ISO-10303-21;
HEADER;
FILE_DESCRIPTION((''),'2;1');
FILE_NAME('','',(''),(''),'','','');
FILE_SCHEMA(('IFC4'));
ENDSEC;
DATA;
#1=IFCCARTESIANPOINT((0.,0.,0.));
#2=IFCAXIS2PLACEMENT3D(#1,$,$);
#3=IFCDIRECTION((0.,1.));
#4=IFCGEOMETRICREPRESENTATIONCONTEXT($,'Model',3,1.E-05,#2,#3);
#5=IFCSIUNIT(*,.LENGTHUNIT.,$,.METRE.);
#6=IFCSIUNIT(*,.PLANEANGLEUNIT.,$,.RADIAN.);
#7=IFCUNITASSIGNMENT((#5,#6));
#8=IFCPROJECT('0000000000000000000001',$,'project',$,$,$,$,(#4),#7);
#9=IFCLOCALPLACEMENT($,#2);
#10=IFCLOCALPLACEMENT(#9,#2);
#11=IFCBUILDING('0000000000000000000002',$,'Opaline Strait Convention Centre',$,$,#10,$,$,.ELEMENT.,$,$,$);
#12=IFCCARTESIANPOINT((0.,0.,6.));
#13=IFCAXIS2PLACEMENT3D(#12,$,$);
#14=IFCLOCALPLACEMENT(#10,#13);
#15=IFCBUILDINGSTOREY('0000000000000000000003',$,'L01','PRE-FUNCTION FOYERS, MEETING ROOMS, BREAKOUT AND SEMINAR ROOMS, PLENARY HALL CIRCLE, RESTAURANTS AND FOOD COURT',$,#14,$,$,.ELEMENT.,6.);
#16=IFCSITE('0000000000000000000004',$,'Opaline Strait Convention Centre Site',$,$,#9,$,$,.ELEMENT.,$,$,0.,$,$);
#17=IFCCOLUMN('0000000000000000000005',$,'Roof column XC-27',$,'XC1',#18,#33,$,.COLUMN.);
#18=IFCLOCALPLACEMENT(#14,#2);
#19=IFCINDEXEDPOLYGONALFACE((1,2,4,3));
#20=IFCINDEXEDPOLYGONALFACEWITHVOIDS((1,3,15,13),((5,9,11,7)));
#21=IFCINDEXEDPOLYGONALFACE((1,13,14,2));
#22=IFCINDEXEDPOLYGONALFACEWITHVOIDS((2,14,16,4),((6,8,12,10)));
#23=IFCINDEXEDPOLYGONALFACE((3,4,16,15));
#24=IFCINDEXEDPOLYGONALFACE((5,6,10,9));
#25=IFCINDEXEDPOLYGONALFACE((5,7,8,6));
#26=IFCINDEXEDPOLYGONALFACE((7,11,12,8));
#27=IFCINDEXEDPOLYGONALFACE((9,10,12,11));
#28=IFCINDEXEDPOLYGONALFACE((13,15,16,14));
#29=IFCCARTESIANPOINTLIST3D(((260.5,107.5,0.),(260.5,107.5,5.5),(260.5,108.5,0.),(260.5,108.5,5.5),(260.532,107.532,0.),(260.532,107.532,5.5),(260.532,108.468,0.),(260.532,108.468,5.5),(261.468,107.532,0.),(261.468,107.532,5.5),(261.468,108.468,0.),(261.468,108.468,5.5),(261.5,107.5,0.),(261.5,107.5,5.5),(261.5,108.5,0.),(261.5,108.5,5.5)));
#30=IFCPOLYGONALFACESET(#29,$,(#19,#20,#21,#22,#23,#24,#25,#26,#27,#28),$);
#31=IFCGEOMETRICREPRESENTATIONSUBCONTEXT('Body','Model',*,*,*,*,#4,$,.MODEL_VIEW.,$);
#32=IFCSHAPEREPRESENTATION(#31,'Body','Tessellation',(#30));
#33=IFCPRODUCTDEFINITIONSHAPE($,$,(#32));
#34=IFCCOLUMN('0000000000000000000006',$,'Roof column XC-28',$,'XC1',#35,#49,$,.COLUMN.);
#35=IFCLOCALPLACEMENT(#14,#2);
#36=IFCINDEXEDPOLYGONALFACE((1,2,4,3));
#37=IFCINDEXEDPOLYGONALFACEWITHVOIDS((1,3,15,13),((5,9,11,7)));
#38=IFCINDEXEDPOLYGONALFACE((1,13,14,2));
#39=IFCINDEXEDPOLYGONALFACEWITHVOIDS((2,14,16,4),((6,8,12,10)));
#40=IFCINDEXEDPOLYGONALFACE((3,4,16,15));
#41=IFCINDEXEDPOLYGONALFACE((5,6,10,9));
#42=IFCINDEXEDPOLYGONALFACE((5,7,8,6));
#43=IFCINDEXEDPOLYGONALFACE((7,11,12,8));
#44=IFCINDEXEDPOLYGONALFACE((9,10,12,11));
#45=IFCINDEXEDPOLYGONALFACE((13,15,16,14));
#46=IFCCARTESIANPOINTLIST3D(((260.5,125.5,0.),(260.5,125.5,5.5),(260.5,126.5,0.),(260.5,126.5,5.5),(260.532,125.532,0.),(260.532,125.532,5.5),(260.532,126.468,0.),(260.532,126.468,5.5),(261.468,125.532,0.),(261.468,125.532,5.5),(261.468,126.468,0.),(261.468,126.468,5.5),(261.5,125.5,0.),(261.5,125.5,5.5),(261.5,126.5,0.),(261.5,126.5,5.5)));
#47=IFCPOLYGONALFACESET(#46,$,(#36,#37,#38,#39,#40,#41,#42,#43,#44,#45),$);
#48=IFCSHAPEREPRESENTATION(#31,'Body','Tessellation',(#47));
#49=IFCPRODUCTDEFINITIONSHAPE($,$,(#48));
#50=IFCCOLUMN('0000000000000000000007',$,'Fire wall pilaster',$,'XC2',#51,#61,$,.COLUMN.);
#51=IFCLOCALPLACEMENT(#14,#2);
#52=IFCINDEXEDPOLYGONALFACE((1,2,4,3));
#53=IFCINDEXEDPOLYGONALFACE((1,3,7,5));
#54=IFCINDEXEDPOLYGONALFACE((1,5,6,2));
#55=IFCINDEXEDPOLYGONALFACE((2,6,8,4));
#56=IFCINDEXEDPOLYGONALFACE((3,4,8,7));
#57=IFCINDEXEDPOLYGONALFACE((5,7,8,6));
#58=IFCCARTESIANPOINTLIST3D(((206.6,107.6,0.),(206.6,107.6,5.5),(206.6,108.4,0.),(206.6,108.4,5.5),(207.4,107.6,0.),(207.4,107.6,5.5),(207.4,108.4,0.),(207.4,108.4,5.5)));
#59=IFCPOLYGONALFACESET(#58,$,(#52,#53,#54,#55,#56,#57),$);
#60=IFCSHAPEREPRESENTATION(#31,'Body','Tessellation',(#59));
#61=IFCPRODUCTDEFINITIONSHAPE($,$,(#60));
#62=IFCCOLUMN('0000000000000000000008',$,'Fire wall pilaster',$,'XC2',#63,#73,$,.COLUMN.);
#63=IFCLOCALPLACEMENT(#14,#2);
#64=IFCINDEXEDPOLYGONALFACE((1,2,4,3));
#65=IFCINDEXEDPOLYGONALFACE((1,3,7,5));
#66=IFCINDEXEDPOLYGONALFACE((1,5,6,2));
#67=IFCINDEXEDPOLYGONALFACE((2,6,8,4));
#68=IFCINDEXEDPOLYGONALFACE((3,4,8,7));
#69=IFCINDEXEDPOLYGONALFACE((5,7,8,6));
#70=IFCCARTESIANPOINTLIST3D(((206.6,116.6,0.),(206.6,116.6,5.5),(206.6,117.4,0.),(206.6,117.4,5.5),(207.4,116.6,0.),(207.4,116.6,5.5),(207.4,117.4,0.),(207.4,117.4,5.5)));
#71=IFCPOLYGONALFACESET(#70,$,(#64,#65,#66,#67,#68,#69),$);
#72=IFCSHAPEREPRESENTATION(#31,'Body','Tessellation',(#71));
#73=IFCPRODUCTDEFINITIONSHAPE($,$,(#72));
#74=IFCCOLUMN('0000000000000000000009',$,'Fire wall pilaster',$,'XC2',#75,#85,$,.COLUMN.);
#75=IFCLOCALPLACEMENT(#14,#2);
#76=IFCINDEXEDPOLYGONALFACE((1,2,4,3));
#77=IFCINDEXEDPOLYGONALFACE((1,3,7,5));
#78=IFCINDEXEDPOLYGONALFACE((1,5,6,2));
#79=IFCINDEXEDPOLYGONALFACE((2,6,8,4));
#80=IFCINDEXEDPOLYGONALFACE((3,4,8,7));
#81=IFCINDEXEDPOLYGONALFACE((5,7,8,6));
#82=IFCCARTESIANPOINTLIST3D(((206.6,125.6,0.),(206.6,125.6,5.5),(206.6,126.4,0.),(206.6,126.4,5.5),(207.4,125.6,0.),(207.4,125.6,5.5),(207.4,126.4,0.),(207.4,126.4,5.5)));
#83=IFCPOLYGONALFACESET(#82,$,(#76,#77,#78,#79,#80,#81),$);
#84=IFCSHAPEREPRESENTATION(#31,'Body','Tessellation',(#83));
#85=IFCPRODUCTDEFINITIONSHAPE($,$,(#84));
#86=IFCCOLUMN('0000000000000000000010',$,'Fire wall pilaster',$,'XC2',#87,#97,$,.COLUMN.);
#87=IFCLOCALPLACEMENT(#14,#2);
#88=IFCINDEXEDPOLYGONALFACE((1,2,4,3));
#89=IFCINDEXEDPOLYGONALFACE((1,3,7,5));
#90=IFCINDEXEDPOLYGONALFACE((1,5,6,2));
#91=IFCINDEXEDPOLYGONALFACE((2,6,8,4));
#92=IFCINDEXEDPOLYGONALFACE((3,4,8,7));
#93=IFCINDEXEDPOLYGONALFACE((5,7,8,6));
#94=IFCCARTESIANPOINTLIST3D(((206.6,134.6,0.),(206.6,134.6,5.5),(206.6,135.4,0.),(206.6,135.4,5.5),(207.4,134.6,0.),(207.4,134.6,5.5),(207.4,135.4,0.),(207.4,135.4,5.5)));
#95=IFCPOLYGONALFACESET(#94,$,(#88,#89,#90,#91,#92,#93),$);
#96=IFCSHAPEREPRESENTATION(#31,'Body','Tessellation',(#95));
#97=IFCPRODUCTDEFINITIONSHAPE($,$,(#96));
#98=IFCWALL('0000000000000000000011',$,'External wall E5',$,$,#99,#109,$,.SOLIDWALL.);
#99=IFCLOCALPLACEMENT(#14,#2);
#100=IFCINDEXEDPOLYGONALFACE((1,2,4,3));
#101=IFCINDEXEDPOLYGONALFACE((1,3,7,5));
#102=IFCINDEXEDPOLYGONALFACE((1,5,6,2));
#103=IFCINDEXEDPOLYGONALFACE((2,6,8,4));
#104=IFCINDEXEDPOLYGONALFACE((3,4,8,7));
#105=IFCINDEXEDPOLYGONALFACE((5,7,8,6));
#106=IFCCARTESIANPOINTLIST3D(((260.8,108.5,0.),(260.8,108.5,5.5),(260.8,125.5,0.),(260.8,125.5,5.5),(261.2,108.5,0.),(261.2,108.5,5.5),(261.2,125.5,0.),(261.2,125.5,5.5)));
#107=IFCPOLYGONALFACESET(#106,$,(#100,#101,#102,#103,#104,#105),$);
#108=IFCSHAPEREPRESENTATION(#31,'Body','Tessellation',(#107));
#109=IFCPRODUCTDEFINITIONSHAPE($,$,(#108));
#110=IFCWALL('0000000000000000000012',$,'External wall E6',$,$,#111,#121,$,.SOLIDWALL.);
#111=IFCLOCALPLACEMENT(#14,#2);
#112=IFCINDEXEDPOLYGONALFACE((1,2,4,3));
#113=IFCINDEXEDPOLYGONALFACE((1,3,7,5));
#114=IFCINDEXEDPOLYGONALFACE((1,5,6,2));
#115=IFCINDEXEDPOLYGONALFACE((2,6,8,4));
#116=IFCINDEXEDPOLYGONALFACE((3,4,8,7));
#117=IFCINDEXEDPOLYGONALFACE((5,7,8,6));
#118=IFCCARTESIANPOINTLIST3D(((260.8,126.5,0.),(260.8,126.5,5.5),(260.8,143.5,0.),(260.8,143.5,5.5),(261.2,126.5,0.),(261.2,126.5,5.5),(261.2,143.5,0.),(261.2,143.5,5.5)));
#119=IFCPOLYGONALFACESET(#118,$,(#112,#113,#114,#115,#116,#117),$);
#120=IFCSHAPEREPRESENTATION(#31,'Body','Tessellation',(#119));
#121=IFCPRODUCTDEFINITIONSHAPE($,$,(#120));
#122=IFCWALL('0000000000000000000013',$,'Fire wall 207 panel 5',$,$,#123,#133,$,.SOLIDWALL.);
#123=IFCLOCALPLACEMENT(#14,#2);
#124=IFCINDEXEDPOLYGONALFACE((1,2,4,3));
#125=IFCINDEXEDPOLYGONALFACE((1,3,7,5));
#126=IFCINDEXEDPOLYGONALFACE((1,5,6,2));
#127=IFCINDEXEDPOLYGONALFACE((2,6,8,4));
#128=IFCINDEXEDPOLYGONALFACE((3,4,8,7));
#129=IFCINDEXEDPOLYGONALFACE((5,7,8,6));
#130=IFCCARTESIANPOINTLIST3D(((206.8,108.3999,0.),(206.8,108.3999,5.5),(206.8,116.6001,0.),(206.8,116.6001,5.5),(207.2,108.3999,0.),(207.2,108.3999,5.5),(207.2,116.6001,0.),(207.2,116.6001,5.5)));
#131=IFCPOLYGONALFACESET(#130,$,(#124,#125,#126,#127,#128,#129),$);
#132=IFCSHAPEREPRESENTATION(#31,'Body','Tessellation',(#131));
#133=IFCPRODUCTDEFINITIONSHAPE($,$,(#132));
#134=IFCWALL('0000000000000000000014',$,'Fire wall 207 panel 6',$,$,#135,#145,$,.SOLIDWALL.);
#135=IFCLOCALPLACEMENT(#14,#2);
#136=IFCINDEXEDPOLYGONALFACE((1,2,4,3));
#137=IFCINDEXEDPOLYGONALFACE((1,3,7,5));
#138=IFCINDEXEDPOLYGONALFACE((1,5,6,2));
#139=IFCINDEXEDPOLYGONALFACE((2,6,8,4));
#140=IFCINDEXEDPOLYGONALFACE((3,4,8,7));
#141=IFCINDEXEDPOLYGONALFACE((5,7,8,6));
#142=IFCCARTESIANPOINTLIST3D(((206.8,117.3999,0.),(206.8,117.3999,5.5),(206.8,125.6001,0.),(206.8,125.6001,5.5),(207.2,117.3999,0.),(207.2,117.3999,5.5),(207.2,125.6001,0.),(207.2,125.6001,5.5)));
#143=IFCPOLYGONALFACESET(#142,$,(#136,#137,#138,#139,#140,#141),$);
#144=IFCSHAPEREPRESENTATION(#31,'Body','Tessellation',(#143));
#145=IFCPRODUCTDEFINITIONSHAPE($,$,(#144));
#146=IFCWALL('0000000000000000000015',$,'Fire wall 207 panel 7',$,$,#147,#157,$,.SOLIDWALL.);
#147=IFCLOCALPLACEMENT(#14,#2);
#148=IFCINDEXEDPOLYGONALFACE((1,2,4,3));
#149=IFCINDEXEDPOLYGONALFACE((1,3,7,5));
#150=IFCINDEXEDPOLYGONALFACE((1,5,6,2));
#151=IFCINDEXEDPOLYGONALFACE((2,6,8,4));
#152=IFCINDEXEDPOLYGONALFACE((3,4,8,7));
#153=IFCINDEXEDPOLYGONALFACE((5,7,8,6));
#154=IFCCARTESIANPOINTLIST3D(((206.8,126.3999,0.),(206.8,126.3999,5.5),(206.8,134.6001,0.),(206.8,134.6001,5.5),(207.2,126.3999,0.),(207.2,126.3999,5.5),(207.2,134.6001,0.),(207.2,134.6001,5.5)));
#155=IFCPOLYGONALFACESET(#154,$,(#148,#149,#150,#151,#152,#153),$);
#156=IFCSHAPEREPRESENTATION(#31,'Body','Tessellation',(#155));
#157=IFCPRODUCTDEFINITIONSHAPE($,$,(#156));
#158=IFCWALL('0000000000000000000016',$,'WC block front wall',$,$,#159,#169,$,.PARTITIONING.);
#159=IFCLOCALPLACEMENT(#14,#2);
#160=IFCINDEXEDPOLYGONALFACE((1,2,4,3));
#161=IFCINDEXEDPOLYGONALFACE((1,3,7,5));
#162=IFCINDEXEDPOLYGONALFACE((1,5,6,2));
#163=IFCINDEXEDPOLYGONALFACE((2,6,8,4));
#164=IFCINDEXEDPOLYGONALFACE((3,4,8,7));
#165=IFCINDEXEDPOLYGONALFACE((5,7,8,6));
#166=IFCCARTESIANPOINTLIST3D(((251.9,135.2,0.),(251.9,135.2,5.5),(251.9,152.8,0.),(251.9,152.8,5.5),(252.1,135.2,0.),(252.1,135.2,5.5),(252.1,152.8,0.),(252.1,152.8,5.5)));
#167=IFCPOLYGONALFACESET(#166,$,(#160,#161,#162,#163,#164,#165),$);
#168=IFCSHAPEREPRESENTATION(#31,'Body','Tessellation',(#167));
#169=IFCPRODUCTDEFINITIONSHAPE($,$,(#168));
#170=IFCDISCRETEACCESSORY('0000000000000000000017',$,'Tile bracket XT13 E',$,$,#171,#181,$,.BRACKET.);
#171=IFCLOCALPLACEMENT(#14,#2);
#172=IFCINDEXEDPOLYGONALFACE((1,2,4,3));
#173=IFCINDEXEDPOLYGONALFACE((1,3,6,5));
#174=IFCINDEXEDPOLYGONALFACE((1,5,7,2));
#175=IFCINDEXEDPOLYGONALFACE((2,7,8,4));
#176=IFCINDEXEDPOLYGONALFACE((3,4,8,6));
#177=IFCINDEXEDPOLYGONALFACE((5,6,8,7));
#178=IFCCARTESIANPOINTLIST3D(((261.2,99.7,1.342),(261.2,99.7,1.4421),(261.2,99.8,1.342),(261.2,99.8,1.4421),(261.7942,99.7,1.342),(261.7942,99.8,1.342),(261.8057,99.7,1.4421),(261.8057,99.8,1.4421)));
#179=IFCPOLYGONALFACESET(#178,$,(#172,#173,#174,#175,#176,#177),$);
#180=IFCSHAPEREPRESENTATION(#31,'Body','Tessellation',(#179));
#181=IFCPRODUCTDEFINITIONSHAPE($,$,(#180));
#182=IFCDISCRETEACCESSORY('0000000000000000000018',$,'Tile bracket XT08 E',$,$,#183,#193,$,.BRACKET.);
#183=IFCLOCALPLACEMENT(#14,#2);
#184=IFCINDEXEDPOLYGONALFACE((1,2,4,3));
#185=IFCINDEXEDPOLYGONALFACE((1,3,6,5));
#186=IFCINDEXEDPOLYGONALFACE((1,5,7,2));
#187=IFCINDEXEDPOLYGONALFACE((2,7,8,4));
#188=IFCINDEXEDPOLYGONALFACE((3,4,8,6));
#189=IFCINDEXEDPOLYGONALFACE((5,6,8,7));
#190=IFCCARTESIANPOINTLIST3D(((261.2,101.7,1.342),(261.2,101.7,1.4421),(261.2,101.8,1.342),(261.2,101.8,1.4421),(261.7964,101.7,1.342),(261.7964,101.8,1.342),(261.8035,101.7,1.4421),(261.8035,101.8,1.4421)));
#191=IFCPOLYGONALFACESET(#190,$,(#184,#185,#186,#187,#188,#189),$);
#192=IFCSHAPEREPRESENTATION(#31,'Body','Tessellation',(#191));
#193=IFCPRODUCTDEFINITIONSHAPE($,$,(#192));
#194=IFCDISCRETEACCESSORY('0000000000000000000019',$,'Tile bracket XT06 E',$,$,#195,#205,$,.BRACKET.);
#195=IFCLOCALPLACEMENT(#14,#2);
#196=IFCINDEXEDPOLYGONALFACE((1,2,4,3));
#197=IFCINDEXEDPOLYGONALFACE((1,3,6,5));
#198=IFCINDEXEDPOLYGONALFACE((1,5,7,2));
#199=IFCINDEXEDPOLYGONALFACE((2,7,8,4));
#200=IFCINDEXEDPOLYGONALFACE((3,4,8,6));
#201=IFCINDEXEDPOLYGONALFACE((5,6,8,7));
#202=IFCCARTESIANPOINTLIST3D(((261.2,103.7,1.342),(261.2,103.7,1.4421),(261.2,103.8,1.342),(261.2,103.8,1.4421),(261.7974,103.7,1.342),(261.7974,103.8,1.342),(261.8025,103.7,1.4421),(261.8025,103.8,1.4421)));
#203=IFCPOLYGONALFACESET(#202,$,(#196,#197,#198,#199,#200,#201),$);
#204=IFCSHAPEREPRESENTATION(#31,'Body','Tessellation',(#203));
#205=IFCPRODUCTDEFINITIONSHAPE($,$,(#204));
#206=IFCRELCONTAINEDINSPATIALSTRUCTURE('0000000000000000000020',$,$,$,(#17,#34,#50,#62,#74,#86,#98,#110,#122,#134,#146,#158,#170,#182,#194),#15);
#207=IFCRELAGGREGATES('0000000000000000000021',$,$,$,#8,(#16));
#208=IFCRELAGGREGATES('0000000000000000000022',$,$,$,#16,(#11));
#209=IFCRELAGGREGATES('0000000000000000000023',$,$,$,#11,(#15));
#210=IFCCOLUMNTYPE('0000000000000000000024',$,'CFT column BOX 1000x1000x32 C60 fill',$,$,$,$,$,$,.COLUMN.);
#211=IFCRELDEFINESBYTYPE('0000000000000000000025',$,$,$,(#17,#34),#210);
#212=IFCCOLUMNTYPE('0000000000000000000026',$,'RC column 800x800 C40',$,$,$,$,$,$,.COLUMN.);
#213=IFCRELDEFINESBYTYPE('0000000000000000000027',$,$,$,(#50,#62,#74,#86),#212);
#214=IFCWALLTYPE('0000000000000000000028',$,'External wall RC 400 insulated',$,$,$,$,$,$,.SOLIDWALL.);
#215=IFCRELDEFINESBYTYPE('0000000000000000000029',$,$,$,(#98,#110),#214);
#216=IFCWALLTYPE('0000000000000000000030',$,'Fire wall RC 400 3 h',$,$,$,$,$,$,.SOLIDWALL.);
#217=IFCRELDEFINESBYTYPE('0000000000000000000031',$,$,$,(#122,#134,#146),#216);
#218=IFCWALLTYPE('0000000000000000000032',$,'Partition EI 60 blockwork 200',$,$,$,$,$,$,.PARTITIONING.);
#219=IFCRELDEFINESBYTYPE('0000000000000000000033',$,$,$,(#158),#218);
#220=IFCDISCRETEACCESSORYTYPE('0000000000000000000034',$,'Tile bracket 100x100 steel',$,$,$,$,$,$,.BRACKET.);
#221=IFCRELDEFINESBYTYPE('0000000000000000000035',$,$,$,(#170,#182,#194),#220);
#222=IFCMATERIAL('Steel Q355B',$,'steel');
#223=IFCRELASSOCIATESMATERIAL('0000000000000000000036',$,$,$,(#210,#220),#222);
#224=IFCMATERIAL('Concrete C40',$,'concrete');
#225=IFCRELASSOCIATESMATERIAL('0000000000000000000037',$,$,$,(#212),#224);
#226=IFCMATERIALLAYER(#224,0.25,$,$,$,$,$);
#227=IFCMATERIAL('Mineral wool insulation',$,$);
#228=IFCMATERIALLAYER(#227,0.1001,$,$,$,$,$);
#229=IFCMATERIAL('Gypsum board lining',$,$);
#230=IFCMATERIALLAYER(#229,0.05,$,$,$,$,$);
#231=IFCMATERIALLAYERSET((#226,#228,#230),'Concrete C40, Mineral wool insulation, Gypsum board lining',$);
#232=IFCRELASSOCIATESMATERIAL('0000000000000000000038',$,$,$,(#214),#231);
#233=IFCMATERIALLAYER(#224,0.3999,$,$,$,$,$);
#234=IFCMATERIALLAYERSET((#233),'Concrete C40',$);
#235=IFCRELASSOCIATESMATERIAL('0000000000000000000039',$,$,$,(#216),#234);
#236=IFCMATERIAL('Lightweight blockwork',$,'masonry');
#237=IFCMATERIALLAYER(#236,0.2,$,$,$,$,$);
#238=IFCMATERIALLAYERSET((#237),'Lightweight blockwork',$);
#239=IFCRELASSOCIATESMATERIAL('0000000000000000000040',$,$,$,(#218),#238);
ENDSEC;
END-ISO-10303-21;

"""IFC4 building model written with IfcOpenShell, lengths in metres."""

from ifc_helpers import new_model, si_unit, direction, frame, frame_2d, origin, origin_2d, place, context, subcontext, project, spatial, polyline, rectangle, hollow_rectangle, outline, extrude, material, layer, layer_set, material_profile, profile_set, type_object, element, save


model = new_model("IFC4")

# Units and contexts
model_context = context("Model", 3, precision=1e-05, world=origin(), true_north=direction((0.0, 1.0)))
body_context = subcontext(model_context, "Body", "Model", "MODEL_VIEW")
ifc_project = project(units=[si_unit("LENGTHUNIT", "METRE"), si_unit("PLANEANGLEUNIT", "RADIAN")], contexts=[model_context])

# Site, building, storey
site_placement = place(None, origin())
site = spatial("IfcSite", under=ifc_project, at=site_placement, Name="Opaline Strait Convention Centre Site", CompositionType="ELEMENT", RefElevation=0.0)
building_placement = place(site_placement, origin())
building = spatial("IfcBuilding", under=site, at=building_placement, Name="Opaline Strait Convention Centre", CompositionType="ELEMENT")
storey_placement = place(building_placement, frame((0.0, 0.0, 6.0)))
storey = spatial("IfcBuildingStorey", under=building, at=storey_placement, Name="L01", Description="PRE-FUNCTION FOYERS, MEETING ROOMS, BREAKOUT AND SEMINAR ROOMS, PLENARY HALL CIRCLE, RESTAURANTS AND FOOD COURT", CompositionType="ELEMENT", Elevation=6.0)

# Columns
ifc_material_1 = material(Name="Steel Q355B", Category="steel")
ifc_material_profile_1 = material_profile(ifc_material_1, hollow_rectangle(XDim=1.0, YDim=1.0, WallThickness=0.032, at=origin_2d()), Name="BOX 1000x1000x32")
ifc_profile_set_1 = profile_set([ifc_material_profile_1], Name="Steel Q355B")
column_type_1 = type_object("IfcColumnType", Name="CFT column BOX 1000x1000x32 C60 fill", PredefinedType="COLUMN", material=ifc_profile_set_1)
for number, where, z_axis, x_axis, name in (
    (1, (261.0, 108.0, 0.0), (0.0, 0.0, 1.0), (1.0, 0.0, 0.0), "Roof column XC-27"),
    (2, (261.0, 126.0, 0.0), (0.0, 0.0, 1.0), (1.0, 0.0, 0.0), "Roof column XC-28"),
):
    element("IfcColumn", number, at=place(storey_placement, frame(where, z_axis=z_axis, x_axis=x_axis)), inside=storey, type_object=column_type_1, Name=name, ObjectType="XC1", PredefinedType="COLUMN", context=body_context, shape_type="SweptSolid", body=[
        extrude(hollow_rectangle(XDim=1.0, YDim=1.0, WallThickness=0.032, at=origin_2d()), origin(), (0.0, 0.0, 1.0), 5.5),
    ])
ifc_material_2 = material(Name="Concrete C40", Category="concrete")
ifc_material_profile_2 = material_profile(ifc_material_2, rectangle(XDim=0.8, YDim=0.8, at=origin_2d()), Name="RC 800x800")
ifc_profile_set_2 = profile_set([ifc_material_profile_2], Name="Concrete C40")
column_type_2 = type_object("IfcColumnType", Name="RC column 800x800 C40", PredefinedType="COLUMN", material=ifc_profile_set_2)
for number, where, z_axis, x_axis, name in (
    (3, (207.0, 108.0, 0.0), (0.0, 0.0, 1.0), (1.0, 0.0, 0.0), "Fire wall pilaster"),
    (4, (207.0, 117.0, 0.0), (0.0, 0.0, 1.0), (1.0, 0.0, 0.0), "Fire wall pilaster"),
    (5, (207.0, 126.0, 0.0), (0.0, 0.0, 1.0), (1.0, 0.0, 0.0), "Fire wall pilaster"),
    (6, (207.0, 135.0, 0.0), (0.0, 0.0, 1.0), (1.0, 0.0, 0.0), "Fire wall pilaster"),
):
    element("IfcColumn", number, at=place(storey_placement, frame(where, z_axis=z_axis, x_axis=x_axis)), inside=storey, type_object=column_type_2, Name=name, ObjectType="XC2", PredefinedType="COLUMN", context=body_context, shape_type="SweptSolid", body=[
        extrude(rectangle(XDim=0.8, YDim=0.8, at=origin_2d()), origin(), (0.0, 0.0, 1.0), 5.5),
    ])

# Walls
ifc_layer_1 = layer(ifc_material_2, 0.25)
ifc_material_3 = material(Name="Mineral wool insulation")
ifc_layer_2 = layer(ifc_material_3, 0.1001)
ifc_material_4 = material(Name="Gypsum board lining")
ifc_layer_3 = layer(ifc_material_4, 0.05)
ifc_layer_set_1 = layer_set([ifc_layer_1, ifc_layer_2, ifc_layer_3], Name="Concrete C40, Mineral wool insulation, Gypsum board lining")
wall_type_1 = type_object("IfcWallType", Name="External wall RC 400 insulated", PredefinedType="SOLIDWALL", material=ifc_layer_set_1)
for number, where, z_axis, x_axis, name in (
    (7, (261.0, 108.5, 0.0), (0.0, 0.0, 1.0), (0.0, 1.0, 0.0), "External wall E5"),
    (8, (261.0, 126.5, 0.0), (0.0, 0.0, 1.0), (0.0, 1.0, 0.0), "External wall E6"),
):
    element("IfcWall", number, at=place(storey_placement, frame(where, z_axis=z_axis, x_axis=x_axis)), inside=storey, type_object=wall_type_1, Name=name, PredefinedType="SOLIDWALL", context=body_context, shape_type="SweptSolid", body=[
        extrude(rectangle(XDim=17.0, YDim=0.3999, at=frame_2d((8.5, 0.0))), origin(), (0.0, 0.0, 1.0), 5.5),
    ])
ifc_layer_4 = layer(ifc_material_2, 0.3999)
ifc_layer_set_2 = layer_set([ifc_layer_4], Name="Concrete C40")
wall_type_2 = type_object("IfcWallType", Name="Fire wall RC 400 3 h", PredefinedType="SOLIDWALL", material=ifc_layer_set_2)
for number, where, z_axis, x_axis, name in (
    (9, (207.0, 108.3999, 0.0), (0.0, 0.0, 1.0), (0.0, 1.0, 0.0), "Fire wall 207 panel 5"),
    (10, (207.0, 117.3999, 0.0), (0.0, 0.0, 1.0), (0.0, 1.0, 0.0), "Fire wall 207 panel 6"),
    (11, (207.0, 126.3999, 0.0), (0.0, 0.0, 1.0), (0.0, 1.0, 0.0), "Fire wall 207 panel 7"),
):
    element("IfcWall", number, at=place(storey_placement, frame(where, z_axis=z_axis, x_axis=x_axis)), inside=storey, type_object=wall_type_2, Name=name, PredefinedType="SOLIDWALL", context=body_context, shape_type="SweptSolid", body=[
        extrude(rectangle(XDim=8.2002, YDim=0.3999, at=frame_2d((4.1001, 0.0))), origin(), (0.0, 0.0, 1.0), 5.5),
    ])
ifc_material_5 = material(Name="Lightweight blockwork", Category="masonry")
ifc_layer_5 = layer(ifc_material_5, 0.2)
ifc_layer_set_3 = layer_set([ifc_layer_5], Name="Lightweight blockwork")
wall_type_3 = type_object("IfcWallType", Name="Partition EI 60 blockwork 200", PredefinedType="PARTITIONING", material=ifc_layer_set_3)
wall_placement = place(storey_placement, frame((252.0, 135.2, 0.0), z_axis=(0.0, 0.0, 1.0), x_axis=(0.0, 1.0, 0.0)))
element("IfcWall", 12, at=wall_placement, inside=storey, type_object=wall_type_3, Name="WC block front wall", PredefinedType="PARTITIONING", context=body_context, shape_type="SweptSolid", body=[
    extrude(rectangle(XDim=17.6001, YDim=0.2, at=frame_2d((8.8, 0.0))), origin(), (0.0, 0.0, 1.0), 5.5),
])

# Discrete accessories
discrete_accessory_type = type_object("IfcDiscreteAccessoryType", Name="Tile bracket 100x100 steel", PredefinedType="BRACKET", material=ifc_material_1)
discrete_accessory_1_placement = place(storey_placement, frame((261.2, 99.7, 1.3921), z_axis=(0.0, 1.0, 0.0), x_axis=(-1.0, 0.0, 0.0)))
element("IfcDiscreteAccessory", 13, at=discrete_accessory_1_placement, inside=storey, type_object=discrete_accessory_type, Name="Tile bracket XT13 E", PredefinedType="BRACKET", context=body_context, shape_type="SweptSolid", body=[
    extrude(outline(polyline([(0.0, -0.05), (0.0, 0.05), (-0.6057, 0.05), (-0.5942, -0.05), (0.0, -0.05)])), origin(), (0.0, 0.0, 1.0), 0.1001),
])
discrete_accessory_2_placement = place(storey_placement, frame((261.2, 101.7, 1.3921), z_axis=(0.0, 1.0, 0.0), x_axis=(-1.0, 0.0, 0.0)))
element("IfcDiscreteAccessory", 14, at=discrete_accessory_2_placement, inside=storey, type_object=discrete_accessory_type, Name="Tile bracket XT08 E", PredefinedType="BRACKET", context=body_context, shape_type="SweptSolid", body=[
    extrude(outline(polyline([(0.0, -0.05), (0.0, 0.05), (-0.6035, 0.05), (-0.5964, -0.05), (0.0, -0.05)])), origin(), (0.0, 0.0, 1.0), 0.1001),
])
discrete_accessory_3_placement = place(storey_placement, frame((261.2, 103.7, 1.3921), z_axis=(0.0, 1.0, 0.0), x_axis=(-1.0, 0.0, 0.0)))
element("IfcDiscreteAccessory", 15, at=discrete_accessory_3_placement, inside=storey, type_object=discrete_accessory_type, Name="Tile bracket XT06 E", PredefinedType="BRACKET", context=body_context, shape_type="SweptSolid", body=[
    extrude(outline(polyline([(0.0, -0.05), (0.0, 0.05), (-0.6025, 0.05), (-0.5974, -0.05), (0.0, -0.05)])), origin(), (0.0, 0.0, 1.0), 0.1001),
])

save(model, "model.ifc")
